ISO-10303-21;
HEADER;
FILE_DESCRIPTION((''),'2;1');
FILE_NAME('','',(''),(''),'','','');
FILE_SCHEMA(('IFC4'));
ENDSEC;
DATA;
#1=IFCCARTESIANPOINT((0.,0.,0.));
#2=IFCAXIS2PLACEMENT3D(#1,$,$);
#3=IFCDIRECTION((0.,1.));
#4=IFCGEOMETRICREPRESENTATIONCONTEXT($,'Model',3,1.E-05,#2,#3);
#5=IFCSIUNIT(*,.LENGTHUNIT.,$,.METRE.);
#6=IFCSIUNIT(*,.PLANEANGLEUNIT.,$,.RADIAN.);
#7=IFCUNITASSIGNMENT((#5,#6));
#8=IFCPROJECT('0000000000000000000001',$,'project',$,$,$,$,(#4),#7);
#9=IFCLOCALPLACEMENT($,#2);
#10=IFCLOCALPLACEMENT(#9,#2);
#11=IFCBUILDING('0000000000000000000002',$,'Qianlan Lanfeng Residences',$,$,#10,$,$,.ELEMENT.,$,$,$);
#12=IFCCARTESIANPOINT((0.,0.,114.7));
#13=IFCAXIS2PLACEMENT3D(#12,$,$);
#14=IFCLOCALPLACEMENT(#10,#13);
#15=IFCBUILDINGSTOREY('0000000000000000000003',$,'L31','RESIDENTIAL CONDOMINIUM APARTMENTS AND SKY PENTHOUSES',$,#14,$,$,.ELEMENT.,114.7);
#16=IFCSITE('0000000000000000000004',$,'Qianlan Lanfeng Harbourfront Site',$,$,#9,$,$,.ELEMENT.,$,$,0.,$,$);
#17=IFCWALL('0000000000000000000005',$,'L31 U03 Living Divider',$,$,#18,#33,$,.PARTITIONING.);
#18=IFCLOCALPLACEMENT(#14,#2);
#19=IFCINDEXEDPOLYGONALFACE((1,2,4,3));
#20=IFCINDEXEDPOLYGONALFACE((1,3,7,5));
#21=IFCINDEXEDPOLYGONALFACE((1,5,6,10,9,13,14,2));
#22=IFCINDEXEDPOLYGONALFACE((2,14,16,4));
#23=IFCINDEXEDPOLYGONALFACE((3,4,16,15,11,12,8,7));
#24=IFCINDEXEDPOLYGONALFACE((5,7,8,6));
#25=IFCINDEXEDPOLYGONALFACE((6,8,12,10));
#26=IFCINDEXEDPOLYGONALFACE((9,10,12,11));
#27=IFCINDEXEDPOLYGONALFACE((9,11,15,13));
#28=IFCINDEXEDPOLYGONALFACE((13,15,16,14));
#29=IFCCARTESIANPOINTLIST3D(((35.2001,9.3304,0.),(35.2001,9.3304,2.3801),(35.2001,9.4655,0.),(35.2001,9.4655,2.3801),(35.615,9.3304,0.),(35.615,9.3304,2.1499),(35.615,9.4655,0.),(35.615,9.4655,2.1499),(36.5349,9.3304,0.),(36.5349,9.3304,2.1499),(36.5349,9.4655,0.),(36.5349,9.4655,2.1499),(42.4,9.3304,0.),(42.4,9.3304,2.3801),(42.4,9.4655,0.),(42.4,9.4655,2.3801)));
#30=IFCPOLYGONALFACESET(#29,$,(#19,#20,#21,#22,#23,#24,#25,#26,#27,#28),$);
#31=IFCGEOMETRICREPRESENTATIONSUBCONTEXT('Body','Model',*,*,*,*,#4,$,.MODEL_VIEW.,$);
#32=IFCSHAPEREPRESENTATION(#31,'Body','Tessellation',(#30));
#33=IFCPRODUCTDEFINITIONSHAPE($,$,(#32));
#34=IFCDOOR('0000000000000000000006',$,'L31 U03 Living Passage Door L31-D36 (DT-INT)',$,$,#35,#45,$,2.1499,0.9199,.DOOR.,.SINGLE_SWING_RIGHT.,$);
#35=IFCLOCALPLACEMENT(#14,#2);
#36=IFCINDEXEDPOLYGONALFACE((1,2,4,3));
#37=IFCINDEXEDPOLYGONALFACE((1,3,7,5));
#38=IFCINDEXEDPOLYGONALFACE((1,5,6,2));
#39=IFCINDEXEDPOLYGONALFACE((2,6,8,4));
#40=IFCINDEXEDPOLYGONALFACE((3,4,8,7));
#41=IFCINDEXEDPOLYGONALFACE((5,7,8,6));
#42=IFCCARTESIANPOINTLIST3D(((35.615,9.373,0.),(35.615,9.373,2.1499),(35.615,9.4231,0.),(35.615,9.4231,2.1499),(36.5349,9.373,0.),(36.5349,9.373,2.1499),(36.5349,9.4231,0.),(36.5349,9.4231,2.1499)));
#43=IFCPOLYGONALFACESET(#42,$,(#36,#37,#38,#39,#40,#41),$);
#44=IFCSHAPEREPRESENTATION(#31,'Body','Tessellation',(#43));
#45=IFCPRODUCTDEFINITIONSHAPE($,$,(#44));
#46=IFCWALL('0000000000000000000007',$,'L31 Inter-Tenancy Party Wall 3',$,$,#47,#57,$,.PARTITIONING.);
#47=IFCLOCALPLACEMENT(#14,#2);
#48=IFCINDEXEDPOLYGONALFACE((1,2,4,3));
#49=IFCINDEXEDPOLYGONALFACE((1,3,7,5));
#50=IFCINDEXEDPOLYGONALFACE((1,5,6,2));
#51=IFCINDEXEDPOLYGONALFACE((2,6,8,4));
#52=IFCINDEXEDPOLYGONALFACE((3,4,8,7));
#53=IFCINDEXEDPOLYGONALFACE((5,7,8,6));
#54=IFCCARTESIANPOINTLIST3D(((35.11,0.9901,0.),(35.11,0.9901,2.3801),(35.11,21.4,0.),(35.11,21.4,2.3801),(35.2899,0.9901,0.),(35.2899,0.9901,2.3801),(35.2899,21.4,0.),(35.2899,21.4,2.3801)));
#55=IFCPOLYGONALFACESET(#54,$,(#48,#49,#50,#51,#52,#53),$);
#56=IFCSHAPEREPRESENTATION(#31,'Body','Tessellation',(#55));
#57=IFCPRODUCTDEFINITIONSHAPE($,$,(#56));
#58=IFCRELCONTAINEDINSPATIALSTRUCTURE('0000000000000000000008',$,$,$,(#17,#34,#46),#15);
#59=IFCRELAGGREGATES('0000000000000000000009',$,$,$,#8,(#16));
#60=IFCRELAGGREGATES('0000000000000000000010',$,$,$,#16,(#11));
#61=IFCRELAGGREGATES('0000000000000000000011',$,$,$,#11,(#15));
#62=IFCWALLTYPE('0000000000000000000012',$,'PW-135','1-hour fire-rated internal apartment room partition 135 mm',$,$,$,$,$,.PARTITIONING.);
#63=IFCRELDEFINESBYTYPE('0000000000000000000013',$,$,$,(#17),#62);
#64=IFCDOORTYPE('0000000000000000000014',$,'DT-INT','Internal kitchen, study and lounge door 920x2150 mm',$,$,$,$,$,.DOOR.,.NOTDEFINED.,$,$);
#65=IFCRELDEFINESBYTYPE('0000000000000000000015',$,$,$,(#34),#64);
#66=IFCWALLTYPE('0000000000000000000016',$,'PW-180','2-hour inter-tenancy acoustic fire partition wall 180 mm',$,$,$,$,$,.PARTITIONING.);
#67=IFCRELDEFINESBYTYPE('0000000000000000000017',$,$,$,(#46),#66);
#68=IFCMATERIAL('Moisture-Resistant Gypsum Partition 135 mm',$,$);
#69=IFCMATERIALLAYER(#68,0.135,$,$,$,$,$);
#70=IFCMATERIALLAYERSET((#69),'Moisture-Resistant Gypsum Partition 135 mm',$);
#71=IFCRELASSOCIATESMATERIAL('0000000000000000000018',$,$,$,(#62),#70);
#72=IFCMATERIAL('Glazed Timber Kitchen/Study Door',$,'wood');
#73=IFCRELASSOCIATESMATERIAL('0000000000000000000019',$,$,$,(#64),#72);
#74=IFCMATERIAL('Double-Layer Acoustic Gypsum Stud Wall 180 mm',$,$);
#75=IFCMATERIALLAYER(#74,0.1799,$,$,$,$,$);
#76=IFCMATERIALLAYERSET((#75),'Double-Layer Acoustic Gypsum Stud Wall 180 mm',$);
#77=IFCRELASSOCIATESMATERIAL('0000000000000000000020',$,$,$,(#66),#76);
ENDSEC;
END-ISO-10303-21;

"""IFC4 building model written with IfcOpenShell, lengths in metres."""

from ifc_helpers import new_model, si_unit, direction, frame, frame_2d, origin, place, context, subcontext, project, spatial, rectangle, extrude, material, layer, layer_set, type_object, element, fill, save


model = new_model("IFC4")

# Units and contexts
model_context = context("Model", 3, precision=1e-05, world=origin(), true_north=direction((0.0, 1.0)))
body_context = subcontext(model_context, "Body", "Model", "MODEL_VIEW")
ifc_project = project(units=[si_unit("LENGTHUNIT", "METRE"), si_unit("PLANEANGLEUNIT", "RADIAN")], contexts=[model_context])

# Site, building, storey
site_placement = place(None, origin())
site = spatial("IfcSite", under=ifc_project, at=site_placement, Name="Qianlan Lanfeng Harbourfront Site", CompositionType="ELEMENT", RefElevation=0.0)
building_placement = place(site_placement, origin())
building = spatial("IfcBuilding", under=site, at=building_placement, Name="Qianlan Lanfeng Residences", CompositionType="ELEMENT")
storey_placement = place(building_placement, frame((0.0, 0.0, 114.7)))
storey = spatial("IfcBuildingStorey", under=building, at=storey_placement, Name="L31", Description="RESIDENTIAL CONDOMINIUM APARTMENTS AND SKY PENTHOUSES", CompositionType="ELEMENT", Elevation=114.7)

# Wall, opening, door
ifc_material_1 = material(Name="Moisture-Resistant Gypsum Partition 135 mm")
ifc_layer_1 = layer(ifc_material_1, 0.135)
ifc_layer_set_1 = layer_set([ifc_layer_1], Name="Moisture-Resistant Gypsum Partition 135 mm")
wall_type_1 = type_object("IfcWallType", Name="PW-135", Description="1-hour fire-rated internal apartment room partition 135 mm", PredefinedType="PARTITIONING", material=ifc_layer_set_1)
wall_1_placement = place(storey_placement, frame((35.2, 9.3979, 0.0), z_axis=(0.0, 0.0, 1.0), x_axis=(1.0, 0.0, 0.0)))
wall_1 = element("IfcWall", 1, at=wall_1_placement, inside=storey, type_object=wall_type_1, Name="L31 U03 Living Divider", PredefinedType="PARTITIONING", context=body_context, shape_type="SweptSolid", body=[
    extrude(rectangle(XDim=7.2, YDim=0.135, at=frame_2d((3.6001, 0.0))), origin(), (0.0, 0.0, 1.0), 2.3801),
])
opening_1_placement = place(wall_1_placement, frame((0.415, 0.0, 0.0)))
opening_1 = element("IfcOpeningElement", 2, at=opening_1_placement, cuts=wall_1, PredefinedType="OPENING", context=body_context, shape_type="SweptSolid", body=[
    extrude(rectangle(XDim=0.9199, YDim=2.1499, at=frame_2d((0.46, 1.075))), frame((0.0, 0.0776, 0.0), z_axis=(0.0, -1.0, 0.0), x_axis=(1.0, 0.0, 0.0)), (0.0, 0.0, 1.0), 0.155),
])
ifc_material_2 = material(Name="Glazed Timber Kitchen/Study Door", Category="wood")
door_type = type_object("IfcDoorType", Name="DT-INT", Description="Internal kitchen, study and lounge door 920x2150 mm", OperationType="NOTDEFINED", PredefinedType="DOOR", material=ifc_material_2)
door_placement = place(opening_1_placement, frame((0.9199, 0.0, 0.0), z_axis=(0.0, 0.0, 1.0), x_axis=(-1.0, 0.0, 0.0)))
door = element("IfcDoor", 3, at=door_placement, inside=storey, type_object=door_type, Name="L31 U03 Living Passage Door L31-D36 (DT-INT)", OperationType="SINGLE_SWING_RIGHT", OverallHeight=2.1499, OverallWidth=0.9199, PredefinedType="DOOR", context=body_context, shape_type="SweptSolid", body=[
    extrude(rectangle(XDim=0.9199, YDim=2.1499, at=frame_2d((0.46, 1.075))), frame((0.0, 0.0249, 0.0), z_axis=(0.0, -1.0, 0.0), x_axis=(1.0, 0.0, 0.0)), (0.0, 0.0, 1.0), 0.05),
])
fill(opening_1, door)

# Wall
ifc_material_3 = material(Name="Double-Layer Acoustic Gypsum Stud Wall 180 mm")
ifc_layer_2 = layer(ifc_material_3, 0.1799)
ifc_layer_set_2 = layer_set([ifc_layer_2], Name="Double-Layer Acoustic Gypsum Stud Wall 180 mm")
wall_type_2 = type_object("IfcWallType", Name="PW-180", Description="2-hour inter-tenancy acoustic fire partition wall 180 mm", PredefinedType="PARTITIONING", material=ifc_layer_set_2)
wall_2_placement = place(storey_placement, frame((35.2, 0.99, 0.0), z_axis=(0.0, 0.0, 1.0), x_axis=(0.0, 1.0, 0.0)))
element("IfcWall", 4, at=wall_2_placement, inside=storey, type_object=wall_type_2, Name="L31 Inter-Tenancy Party Wall 3", PredefinedType="PARTITIONING", context=body_context, shape_type="SweptSolid", body=[
    extrude(rectangle(XDim=20.4099, YDim=0.1799, at=frame_2d((10.2051, 0.0))), origin(), (0.0, 0.0, 1.0), 2.3801),
])

save(model, "model.ifc")
